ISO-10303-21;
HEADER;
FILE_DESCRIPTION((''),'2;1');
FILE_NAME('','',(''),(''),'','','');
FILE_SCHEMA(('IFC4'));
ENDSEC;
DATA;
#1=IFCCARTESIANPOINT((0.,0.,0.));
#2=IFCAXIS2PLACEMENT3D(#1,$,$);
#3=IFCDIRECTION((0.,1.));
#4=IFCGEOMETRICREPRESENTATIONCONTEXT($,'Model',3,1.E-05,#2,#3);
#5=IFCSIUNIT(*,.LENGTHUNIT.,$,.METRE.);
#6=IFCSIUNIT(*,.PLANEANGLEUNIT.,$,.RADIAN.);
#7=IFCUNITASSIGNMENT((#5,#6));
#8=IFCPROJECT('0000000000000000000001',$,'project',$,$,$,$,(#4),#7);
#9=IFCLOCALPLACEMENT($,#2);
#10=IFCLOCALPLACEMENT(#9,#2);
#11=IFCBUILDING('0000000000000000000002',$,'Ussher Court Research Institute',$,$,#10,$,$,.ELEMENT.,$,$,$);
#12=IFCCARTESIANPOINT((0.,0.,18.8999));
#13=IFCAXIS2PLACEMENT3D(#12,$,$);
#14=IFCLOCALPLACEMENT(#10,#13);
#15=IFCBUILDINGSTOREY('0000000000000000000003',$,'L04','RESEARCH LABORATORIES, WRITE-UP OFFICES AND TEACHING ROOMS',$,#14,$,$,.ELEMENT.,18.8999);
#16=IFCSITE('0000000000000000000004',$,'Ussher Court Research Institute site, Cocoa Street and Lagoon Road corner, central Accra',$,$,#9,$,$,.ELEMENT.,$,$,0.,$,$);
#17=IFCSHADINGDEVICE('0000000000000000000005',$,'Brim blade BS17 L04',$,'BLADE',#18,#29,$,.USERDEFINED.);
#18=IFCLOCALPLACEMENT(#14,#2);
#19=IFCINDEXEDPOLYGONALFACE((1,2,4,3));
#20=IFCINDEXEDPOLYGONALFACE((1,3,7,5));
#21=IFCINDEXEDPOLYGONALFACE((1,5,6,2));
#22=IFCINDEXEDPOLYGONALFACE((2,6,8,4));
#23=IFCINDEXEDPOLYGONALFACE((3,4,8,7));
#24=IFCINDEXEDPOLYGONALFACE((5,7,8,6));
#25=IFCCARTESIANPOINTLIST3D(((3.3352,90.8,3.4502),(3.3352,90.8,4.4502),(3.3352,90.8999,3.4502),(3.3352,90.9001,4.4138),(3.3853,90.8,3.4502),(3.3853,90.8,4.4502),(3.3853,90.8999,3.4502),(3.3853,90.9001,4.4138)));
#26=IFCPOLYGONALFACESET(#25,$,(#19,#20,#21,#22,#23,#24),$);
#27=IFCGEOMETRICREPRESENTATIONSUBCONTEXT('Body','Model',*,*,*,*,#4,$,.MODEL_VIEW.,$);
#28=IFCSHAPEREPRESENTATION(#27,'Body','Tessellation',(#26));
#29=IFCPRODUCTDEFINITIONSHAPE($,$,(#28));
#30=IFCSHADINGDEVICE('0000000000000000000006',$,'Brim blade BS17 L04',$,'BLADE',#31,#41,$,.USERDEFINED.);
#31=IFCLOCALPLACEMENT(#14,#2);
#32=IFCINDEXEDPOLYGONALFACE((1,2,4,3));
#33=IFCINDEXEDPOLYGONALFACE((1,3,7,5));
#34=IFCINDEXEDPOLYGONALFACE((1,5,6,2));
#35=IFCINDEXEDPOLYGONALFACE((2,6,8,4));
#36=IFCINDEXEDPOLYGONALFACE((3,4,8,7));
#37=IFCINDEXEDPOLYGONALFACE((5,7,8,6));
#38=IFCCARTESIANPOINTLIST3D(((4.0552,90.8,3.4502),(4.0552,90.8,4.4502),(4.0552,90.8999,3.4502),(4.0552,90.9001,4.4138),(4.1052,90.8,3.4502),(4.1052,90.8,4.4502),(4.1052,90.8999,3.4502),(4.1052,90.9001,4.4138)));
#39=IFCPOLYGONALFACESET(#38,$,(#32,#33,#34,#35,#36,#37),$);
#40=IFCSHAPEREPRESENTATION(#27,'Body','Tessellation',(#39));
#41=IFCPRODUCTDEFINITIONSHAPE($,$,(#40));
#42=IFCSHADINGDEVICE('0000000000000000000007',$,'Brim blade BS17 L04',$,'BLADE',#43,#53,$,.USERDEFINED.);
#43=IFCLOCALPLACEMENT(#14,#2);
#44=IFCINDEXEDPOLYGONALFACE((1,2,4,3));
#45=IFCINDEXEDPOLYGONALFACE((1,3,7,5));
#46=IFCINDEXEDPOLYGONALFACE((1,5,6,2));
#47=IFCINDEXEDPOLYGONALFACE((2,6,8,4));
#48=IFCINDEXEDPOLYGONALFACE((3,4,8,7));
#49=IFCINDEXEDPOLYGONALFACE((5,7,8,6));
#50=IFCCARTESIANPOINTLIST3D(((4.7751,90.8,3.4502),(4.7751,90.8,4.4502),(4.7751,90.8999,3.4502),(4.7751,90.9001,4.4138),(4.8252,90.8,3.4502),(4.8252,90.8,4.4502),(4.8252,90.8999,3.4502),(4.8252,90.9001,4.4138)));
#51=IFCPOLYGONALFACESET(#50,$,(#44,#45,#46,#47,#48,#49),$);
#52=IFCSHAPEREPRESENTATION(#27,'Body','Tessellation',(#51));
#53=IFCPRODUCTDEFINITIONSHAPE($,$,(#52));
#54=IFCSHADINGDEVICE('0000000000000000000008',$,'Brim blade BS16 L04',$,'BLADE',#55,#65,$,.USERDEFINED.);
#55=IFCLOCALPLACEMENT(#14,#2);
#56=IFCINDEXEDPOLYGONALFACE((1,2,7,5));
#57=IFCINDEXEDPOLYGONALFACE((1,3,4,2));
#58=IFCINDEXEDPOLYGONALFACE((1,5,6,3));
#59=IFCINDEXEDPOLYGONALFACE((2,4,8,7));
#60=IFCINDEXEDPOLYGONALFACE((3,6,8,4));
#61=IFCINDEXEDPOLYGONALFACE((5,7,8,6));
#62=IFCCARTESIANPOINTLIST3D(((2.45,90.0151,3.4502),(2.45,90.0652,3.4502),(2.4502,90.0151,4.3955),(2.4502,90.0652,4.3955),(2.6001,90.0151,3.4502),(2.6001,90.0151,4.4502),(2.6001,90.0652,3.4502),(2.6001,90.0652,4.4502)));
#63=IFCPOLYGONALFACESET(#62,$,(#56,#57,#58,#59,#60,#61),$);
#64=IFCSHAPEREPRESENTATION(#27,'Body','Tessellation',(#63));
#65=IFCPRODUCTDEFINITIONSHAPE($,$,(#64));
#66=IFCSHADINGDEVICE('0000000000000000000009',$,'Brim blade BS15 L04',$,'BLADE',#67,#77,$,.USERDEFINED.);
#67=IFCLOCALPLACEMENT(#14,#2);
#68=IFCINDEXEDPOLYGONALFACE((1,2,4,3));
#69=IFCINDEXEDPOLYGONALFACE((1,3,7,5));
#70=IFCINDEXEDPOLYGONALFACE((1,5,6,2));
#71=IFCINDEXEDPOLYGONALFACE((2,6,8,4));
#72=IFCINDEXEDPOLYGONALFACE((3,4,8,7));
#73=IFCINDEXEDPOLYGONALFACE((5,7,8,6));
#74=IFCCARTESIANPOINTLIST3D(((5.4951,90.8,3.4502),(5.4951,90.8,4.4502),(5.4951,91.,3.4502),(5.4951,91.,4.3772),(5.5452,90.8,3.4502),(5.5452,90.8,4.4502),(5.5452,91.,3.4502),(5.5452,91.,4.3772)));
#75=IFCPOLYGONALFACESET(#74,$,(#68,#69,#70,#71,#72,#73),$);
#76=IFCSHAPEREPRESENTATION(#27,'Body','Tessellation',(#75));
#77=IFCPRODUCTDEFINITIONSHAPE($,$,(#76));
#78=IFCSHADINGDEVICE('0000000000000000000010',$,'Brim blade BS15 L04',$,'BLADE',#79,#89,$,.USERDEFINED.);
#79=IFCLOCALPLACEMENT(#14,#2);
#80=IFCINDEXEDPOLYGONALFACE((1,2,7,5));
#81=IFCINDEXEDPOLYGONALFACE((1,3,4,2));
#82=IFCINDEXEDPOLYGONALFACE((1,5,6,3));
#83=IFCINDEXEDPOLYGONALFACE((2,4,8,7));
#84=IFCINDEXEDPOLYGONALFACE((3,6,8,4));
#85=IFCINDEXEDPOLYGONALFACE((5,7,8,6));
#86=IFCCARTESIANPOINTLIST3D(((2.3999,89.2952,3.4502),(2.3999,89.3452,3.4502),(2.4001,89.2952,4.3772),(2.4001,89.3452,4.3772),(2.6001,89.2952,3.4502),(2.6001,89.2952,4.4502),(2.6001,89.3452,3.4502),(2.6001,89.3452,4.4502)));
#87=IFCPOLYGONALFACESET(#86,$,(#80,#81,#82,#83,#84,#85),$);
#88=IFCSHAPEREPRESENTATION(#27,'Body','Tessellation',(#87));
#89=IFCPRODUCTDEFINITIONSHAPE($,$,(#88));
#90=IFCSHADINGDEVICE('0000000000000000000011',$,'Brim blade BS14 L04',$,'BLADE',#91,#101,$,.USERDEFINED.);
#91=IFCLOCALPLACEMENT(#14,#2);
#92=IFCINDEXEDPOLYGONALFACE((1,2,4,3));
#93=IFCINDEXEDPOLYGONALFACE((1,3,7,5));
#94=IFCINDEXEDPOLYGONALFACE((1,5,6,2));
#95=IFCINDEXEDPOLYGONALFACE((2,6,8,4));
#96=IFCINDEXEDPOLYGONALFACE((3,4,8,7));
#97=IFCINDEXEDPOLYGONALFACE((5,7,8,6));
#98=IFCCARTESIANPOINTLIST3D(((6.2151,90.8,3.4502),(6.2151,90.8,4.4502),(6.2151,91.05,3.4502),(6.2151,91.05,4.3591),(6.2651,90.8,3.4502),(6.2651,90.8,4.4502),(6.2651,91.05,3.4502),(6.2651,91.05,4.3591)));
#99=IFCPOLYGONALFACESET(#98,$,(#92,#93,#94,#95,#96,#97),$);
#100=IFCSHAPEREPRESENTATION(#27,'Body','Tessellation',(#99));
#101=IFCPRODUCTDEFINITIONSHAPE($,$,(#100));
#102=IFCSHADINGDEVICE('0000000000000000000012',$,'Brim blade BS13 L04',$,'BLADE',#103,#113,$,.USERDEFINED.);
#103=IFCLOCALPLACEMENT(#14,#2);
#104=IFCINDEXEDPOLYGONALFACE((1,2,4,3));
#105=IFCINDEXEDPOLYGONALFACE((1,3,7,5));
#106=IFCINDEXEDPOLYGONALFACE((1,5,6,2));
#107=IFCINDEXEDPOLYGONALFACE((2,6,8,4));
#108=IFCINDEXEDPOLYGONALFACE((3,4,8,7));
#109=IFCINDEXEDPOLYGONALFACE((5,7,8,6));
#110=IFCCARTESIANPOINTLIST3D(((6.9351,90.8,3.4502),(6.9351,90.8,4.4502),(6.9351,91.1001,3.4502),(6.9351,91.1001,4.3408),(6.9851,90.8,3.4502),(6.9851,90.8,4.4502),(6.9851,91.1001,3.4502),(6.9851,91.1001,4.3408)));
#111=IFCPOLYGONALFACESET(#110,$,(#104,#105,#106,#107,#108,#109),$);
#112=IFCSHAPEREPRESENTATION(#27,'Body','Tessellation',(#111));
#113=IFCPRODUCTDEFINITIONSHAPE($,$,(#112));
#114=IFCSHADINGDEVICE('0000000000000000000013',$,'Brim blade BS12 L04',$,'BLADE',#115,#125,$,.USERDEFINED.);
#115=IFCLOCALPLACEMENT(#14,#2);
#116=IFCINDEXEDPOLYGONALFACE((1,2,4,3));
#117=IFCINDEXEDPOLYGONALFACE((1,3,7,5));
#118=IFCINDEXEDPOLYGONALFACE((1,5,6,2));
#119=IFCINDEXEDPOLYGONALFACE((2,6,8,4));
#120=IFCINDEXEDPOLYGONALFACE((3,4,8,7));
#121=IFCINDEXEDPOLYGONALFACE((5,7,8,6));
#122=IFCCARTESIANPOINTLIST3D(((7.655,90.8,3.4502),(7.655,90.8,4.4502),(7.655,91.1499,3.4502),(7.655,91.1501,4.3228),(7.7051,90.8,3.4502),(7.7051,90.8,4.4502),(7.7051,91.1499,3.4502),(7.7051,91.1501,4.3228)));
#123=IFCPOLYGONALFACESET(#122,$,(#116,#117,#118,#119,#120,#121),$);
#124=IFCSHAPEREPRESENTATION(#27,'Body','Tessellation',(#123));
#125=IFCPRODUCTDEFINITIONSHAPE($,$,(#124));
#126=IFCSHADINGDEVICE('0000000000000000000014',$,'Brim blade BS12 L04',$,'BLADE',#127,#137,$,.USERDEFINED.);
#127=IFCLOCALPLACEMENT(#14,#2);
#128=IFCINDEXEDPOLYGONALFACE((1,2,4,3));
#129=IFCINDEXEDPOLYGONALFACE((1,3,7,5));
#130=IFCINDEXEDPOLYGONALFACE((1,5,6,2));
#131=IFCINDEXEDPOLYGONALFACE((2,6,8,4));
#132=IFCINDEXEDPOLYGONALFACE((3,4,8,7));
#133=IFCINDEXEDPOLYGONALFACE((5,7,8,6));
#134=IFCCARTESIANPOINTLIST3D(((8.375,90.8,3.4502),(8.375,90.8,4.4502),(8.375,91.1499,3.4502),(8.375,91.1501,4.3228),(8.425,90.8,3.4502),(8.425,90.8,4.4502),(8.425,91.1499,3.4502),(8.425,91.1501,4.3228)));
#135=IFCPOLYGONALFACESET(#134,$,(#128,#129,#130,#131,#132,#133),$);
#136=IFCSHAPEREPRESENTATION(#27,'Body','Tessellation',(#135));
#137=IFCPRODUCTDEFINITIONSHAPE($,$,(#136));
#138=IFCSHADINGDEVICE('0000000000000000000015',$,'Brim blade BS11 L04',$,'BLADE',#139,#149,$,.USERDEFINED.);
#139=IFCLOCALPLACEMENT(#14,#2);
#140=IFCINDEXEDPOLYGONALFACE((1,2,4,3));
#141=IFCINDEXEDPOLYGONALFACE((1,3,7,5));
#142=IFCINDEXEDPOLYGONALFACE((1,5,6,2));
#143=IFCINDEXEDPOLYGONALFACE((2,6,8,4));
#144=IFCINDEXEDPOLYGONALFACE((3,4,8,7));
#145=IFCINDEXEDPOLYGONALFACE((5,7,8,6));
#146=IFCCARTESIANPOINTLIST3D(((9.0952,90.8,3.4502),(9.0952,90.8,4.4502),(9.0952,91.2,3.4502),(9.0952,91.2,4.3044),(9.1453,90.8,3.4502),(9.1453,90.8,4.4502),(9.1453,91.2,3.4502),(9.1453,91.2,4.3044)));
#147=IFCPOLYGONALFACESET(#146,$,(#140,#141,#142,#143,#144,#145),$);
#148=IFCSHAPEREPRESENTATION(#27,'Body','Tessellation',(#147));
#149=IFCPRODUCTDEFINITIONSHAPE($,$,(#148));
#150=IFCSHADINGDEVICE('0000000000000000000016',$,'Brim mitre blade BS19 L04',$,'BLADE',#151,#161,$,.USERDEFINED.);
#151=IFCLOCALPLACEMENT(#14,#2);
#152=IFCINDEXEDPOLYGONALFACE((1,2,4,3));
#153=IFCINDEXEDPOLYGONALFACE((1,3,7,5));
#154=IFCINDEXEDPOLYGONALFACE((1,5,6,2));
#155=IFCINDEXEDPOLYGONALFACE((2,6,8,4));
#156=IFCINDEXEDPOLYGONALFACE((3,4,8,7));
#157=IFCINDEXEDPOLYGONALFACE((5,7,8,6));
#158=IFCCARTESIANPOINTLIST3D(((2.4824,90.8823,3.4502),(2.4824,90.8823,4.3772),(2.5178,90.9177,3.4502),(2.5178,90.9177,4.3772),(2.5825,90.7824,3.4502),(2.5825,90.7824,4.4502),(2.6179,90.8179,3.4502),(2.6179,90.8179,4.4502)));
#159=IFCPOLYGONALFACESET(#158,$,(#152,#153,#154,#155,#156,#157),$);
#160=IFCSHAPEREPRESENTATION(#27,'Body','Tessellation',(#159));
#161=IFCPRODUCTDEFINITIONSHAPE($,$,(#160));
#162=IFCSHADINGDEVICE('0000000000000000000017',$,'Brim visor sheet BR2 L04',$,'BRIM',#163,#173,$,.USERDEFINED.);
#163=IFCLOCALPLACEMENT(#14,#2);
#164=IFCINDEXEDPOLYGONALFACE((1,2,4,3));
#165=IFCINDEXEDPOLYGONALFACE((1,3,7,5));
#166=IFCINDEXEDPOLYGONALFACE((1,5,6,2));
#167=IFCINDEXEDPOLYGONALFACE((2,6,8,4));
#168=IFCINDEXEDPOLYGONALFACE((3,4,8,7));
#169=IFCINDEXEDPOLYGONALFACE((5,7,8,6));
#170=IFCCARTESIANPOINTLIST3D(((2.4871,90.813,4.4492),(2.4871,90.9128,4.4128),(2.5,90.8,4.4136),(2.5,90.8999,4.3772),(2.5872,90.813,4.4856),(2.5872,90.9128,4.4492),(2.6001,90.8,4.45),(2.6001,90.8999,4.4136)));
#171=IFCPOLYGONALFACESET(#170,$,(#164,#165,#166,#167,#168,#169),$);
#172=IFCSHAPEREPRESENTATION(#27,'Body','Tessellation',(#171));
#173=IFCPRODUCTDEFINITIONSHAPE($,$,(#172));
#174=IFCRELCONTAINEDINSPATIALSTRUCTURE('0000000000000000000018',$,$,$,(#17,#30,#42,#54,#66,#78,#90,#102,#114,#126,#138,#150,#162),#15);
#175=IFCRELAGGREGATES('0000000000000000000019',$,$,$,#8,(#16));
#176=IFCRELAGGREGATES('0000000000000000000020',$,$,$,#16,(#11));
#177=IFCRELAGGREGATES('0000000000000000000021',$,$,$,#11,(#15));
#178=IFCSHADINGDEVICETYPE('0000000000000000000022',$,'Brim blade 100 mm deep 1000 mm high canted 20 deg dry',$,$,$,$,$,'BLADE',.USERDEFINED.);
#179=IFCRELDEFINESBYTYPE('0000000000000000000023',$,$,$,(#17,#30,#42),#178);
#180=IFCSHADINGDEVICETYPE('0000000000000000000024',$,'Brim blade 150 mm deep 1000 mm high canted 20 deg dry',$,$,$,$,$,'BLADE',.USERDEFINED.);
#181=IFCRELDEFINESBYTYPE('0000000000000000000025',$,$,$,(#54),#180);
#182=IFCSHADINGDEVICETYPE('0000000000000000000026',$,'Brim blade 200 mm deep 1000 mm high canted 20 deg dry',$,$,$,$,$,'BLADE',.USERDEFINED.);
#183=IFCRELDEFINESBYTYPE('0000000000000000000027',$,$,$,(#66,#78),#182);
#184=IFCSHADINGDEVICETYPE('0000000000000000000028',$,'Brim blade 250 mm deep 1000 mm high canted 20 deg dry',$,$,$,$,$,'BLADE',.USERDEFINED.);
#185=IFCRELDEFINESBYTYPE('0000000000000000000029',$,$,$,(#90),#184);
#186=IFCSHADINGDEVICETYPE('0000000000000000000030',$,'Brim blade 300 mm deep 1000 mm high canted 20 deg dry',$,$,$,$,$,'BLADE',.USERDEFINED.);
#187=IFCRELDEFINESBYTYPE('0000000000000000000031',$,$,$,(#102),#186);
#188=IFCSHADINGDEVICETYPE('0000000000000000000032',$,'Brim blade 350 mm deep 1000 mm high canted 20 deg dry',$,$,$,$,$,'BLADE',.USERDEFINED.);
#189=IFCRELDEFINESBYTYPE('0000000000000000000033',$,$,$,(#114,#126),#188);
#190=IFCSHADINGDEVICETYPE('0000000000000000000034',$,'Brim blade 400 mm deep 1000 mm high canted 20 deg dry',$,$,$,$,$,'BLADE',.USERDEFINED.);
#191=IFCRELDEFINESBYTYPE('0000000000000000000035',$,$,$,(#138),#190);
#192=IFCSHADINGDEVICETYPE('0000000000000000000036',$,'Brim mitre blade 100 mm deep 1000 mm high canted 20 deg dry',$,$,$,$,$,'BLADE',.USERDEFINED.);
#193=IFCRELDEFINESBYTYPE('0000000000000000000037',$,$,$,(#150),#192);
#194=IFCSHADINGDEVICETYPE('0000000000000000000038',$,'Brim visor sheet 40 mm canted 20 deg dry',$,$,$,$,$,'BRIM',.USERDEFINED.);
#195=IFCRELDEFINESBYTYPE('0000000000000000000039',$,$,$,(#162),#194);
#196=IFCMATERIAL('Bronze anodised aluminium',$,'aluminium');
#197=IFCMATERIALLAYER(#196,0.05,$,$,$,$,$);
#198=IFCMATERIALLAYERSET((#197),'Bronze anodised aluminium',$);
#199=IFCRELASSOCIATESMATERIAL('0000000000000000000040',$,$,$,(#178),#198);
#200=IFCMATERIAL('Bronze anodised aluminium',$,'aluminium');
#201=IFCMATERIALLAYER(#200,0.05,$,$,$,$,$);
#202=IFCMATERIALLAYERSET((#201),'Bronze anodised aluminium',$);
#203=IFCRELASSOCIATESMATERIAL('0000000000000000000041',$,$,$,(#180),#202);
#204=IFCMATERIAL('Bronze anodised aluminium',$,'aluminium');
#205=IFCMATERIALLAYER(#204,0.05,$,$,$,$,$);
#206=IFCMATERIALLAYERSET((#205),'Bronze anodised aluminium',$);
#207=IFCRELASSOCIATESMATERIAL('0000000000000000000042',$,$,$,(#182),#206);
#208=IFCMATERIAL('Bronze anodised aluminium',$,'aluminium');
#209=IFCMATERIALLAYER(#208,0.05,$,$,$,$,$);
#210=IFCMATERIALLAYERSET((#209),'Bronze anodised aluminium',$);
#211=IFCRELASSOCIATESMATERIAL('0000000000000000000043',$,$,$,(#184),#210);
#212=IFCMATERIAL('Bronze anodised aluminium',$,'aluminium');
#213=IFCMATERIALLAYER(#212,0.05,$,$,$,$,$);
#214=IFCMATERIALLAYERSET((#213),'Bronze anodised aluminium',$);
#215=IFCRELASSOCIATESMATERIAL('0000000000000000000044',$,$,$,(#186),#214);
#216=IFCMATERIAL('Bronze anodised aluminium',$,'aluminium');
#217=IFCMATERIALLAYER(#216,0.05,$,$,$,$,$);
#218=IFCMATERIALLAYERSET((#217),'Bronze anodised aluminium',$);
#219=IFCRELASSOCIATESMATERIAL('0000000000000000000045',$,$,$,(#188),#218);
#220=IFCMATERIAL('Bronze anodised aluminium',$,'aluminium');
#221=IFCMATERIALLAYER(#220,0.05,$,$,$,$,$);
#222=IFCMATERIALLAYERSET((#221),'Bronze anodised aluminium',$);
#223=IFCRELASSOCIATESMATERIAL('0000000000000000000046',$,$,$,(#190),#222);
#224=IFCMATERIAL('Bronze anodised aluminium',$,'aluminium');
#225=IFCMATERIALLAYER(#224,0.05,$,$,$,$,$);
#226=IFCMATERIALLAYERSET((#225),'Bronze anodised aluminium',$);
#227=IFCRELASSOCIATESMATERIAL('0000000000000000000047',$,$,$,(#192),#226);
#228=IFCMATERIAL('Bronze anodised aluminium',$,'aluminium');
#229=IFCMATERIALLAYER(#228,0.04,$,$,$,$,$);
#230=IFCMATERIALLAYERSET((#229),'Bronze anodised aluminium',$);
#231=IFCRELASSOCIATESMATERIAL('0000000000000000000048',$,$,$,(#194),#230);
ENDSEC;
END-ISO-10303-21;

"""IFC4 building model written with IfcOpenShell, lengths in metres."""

from ifc_helpers import new_model, si_unit, direction, frame, origin, place, context, subcontext, project, spatial, polyline, outline, extrude, material, layer, layer_set, type_object, element, save


model = new_model("IFC4")

# Units and contexts
model_context = context("Model", 3, precision=1e-05, world=origin(), true_north=direction((0.0, 1.0)))
body_context = subcontext(model_context, "Body", "Model", "MODEL_VIEW")
ifc_project = project(units=[si_unit("LENGTHUNIT", "METRE"), si_unit("PLANEANGLEUNIT", "RADIAN")], contexts=[model_context])

# Site, building, storey
site_placement = place(None, origin())
site = spatial("IfcSite", under=ifc_project, at=site_placement, Name="Ussher Court Research Institute site, Cocoa Street and Lagoon Road corner, central Accra", CompositionType="ELEMENT", RefElevation=0.0)
building_placement = place(site_placement, origin())
building = spatial("IfcBuilding", under=site, at=building_placement, Name="Ussher Court Research Institute", CompositionType="ELEMENT")
storey_placement = place(building_placement, frame((0.0, 0.0, 18.8999)))
storey = spatial("IfcBuildingStorey", under=building, at=storey_placement, Name="L04", Description="RESEARCH LABORATORIES, WRITE-UP OFFICES AND TEACHING ROOMS", CompositionType="ELEMENT", Elevation=18.8999)

# Shading devices
ifc_material_1 = material(Name="Bronze anodised aluminium", Category="aluminium")
ifc_layer_1 = layer(ifc_material_1, 0.05)
ifc_layer_set_1 = layer_set([ifc_layer_1], Name="Bronze anodised aluminium")
shading_device_type_1 = type_object("IfcShadingDeviceType", Name="Brim blade 100 mm deep 1000 mm high canted 20 deg dry", ElementType="BLADE", PredefinedType="USERDEFINED", material=ifc_layer_set_1)
for number, where, z_axis, x_axis, name in (
    (1, (3.3601, 90.8, 3.4502), (0.0, 0.0, 1.0), (0.0, 1.0, 0.0), "Brim blade BS17 L04"),
    (2, (4.0801, 90.8, 3.4502), (0.0, 0.0, 1.0), (0.0, 1.0, 0.0), "Brim blade BS17 L04"),
    (3, (4.8, 90.8, 3.4502), (0.0, 0.0, 1.0), (0.0, 1.0, 0.0), "Brim blade BS17 L04"),
):
    element("IfcShadingDevice", number, at=place(storey_placement, frame(where, z_axis=z_axis, x_axis=x_axis)), inside=storey, type_object=shading_device_type_1, Name=name, ObjectType="BLADE", PredefinedType="USERDEFINED", context=body_context, shape_type="SweptSolid", body=[
        extrude(outline(polyline([(0.0, 0.0), (0.0999, 0.0), (0.1001, 0.9636), (0.0, 1.0), (0.0, 0.0)])), frame((0.0, 0.0249, 0.0), z_axis=(0.0, -1.0, 0.0), x_axis=(1.0, 0.0, 0.0)), (0.0, 0.0, 1.0), 0.05),
    ])
ifc_material_2 = material(Name="Bronze anodised aluminium", Category="aluminium")
ifc_layer_2 = layer(ifc_material_2, 0.05)
ifc_layer_set_2 = layer_set([ifc_layer_2], Name="Bronze anodised aluminium")
shading_device_type_2 = type_object("IfcShadingDeviceType", Name="Brim blade 150 mm deep 1000 mm high canted 20 deg dry", ElementType="BLADE", PredefinedType="USERDEFINED", material=ifc_layer_set_2)
shading_device_1_placement = place(storey_placement, frame((2.6001, 90.04, 3.4502), z_axis=(0.0, 0.0, 1.0), x_axis=(-1.0, 0.0, 0.0)))
element("IfcShadingDevice", 4, at=shading_device_1_placement, inside=storey, type_object=shading_device_type_2, Name="Brim blade BS16 L04", ObjectType="BLADE", PredefinedType="USERDEFINED", context=body_context, shape_type="SweptSolid", body=[
    extrude(outline(polyline([(0.0, 0.0), (0.1501, 0.0), (0.1499, 0.9453), (0.0, 1.0), (0.0, 0.0)])), frame((0.0, 0.0249, 0.0), z_axis=(0.0, -1.0, 0.0), x_axis=(1.0, 0.0, 0.0)), (0.0, 0.0, 1.0), 0.05),
])
ifc_material_3 = material(Name="Bronze anodised aluminium", Category="aluminium")
ifc_layer_3 = layer(ifc_material_3, 0.05)
ifc_layer_set_3 = layer_set([ifc_layer_3], Name="Bronze anodised aluminium")
shading_device_type_3 = type_object("IfcShadingDeviceType", Name="Brim blade 200 mm deep 1000 mm high canted 20 deg dry", ElementType="BLADE", PredefinedType="USERDEFINED", material=ifc_layer_set_3)
shading_device_2_placement = place(storey_placement, frame((5.52, 90.8, 3.4502), z_axis=(0.0, 0.0, 1.0), x_axis=(0.0, 1.0, 0.0)))
element("IfcShadingDevice", 5, at=shading_device_2_placement, inside=storey, type_object=shading_device_type_3, Name="Brim blade BS15 L04", ObjectType="BLADE", PredefinedType="USERDEFINED", context=body_context, shape_type="SweptSolid", body=[
    extrude(outline(polyline([(0.0, 0.0), (0.2, 0.0), (0.2, 0.927), (0.0, 1.0), (0.0, 0.0)])), frame((0.0, 0.0249, 0.0), z_axis=(0.0, -1.0, 0.0), x_axis=(1.0, 0.0, 0.0)), (0.0, 0.0, 1.0), 0.05),
])
shading_device_3_placement = place(storey_placement, frame((2.6001, 89.3201, 3.4502), z_axis=(0.0, 0.0, 1.0), x_axis=(-1.0, 0.0, 0.0)))
element("IfcShadingDevice", 6, at=shading_device_3_placement, inside=storey, type_object=shading_device_type_3, Name="Brim blade BS15 L04", ObjectType="BLADE", PredefinedType="USERDEFINED", context=body_context, shape_type="SweptSolid", body=[
    extrude(outline(polyline([(0.0, 0.0), (0.2002, 0.0), (0.2, 0.927), (0.0, 1.0), (0.0, 0.0)])), frame((0.0, 0.0249, 0.0), z_axis=(0.0, -1.0, 0.0), x_axis=(1.0, 0.0, 0.0)), (0.0, 0.0, 1.0), 0.05),
])
ifc_material_4 = material(Name="Bronze anodised aluminium", Category="aluminium")
ifc_layer_4 = layer(ifc_material_4, 0.05)
ifc_layer_set_4 = layer_set([ifc_layer_4], Name="Bronze anodised aluminium")
shading_device_type_4 = type_object("IfcShadingDeviceType", Name="Brim blade 250 mm deep 1000 mm high canted 20 deg dry", ElementType="BLADE", PredefinedType="USERDEFINED", material=ifc_layer_set_4)
shading_device_4_placement = place(storey_placement, frame((6.24, 90.8, 3.4502), z_axis=(0.0, 0.0, 1.0), x_axis=(0.0, 1.0, 0.0)))
element("IfcShadingDevice", 7, at=shading_device_4_placement, inside=storey, type_object=shading_device_type_4, Name="Brim blade BS14 L04", ObjectType="BLADE", PredefinedType="USERDEFINED", context=body_context, shape_type="SweptSolid", body=[
    extrude(outline(polyline([(0.0, 0.0), (0.25, 0.0), (0.25, 0.9089), (0.0, 1.0), (0.0, 0.0)])), frame((0.0, 0.0249, 0.0), z_axis=(0.0, -1.0, 0.0), x_axis=(1.0, 0.0, 0.0)), (0.0, 0.0, 1.0), 0.05),
])
ifc_material_5 = material(Name="Bronze anodised aluminium", Category="aluminium")
ifc_layer_5 = layer(ifc_material_5, 0.05)
ifc_layer_set_5 = layer_set([ifc_layer_5], Name="Bronze anodised aluminium")
shading_device_type_5 = type_object("IfcShadingDeviceType", Name="Brim blade 300 mm deep 1000 mm high canted 20 deg dry", ElementType="BLADE", PredefinedType="USERDEFINED", material=ifc_layer_set_5)
shading_device_5_placement = place(storey_placement, frame((6.96, 90.8, 3.4502), z_axis=(0.0, 0.0, 1.0), x_axis=(0.0, 1.0, 0.0)))
element("IfcShadingDevice", 8, at=shading_device_5_placement, inside=storey, type_object=shading_device_type_5, Name="Brim blade BS13 L04", ObjectType="BLADE", PredefinedType="USERDEFINED", context=body_context, shape_type="SweptSolid", body=[
    extrude(outline(polyline([(0.0, 0.0), (0.3, 0.0), (0.3, 0.8906), (0.0, 1.0), (0.0, 0.0)])), frame((0.0, 0.0249, 0.0), z_axis=(0.0, -1.0, 0.0), x_axis=(1.0, 0.0, 0.0)), (0.0, 0.0, 1.0), 0.05),
])
ifc_material_6 = material(Name="Bronze anodised aluminium", Category="aluminium")
ifc_layer_6 = layer(ifc_material_6, 0.05)
ifc_layer_set_6 = layer_set([ifc_layer_6], Name="Bronze anodised aluminium")
shading_device_type_6 = type_object("IfcShadingDeviceType", Name="Brim blade 350 mm deep 1000 mm high canted 20 deg dry", ElementType="BLADE", PredefinedType="USERDEFINED", material=ifc_layer_set_6)
for number, where, z_axis, x_axis, name in (
    (9, (7.6799, 90.8, 3.4502), (0.0, 0.0, 1.0), (0.0, 1.0, 0.0), "Brim blade BS12 L04"),
    (10, (8.3999, 90.8, 3.4502), (0.0, 0.0, 1.0), (0.0, 1.0, 0.0), "Brim blade BS12 L04"),
):
    element("IfcShadingDevice", number, at=place(storey_placement, frame(where, z_axis=z_axis, x_axis=x_axis)), inside=storey, type_object=shading_device_type_6, Name=name, ObjectType="BLADE", PredefinedType="USERDEFINED", context=body_context, shape_type="SweptSolid", body=[
        extrude(outline(polyline([(0.0, 0.0), (0.3499, 0.0), (0.3501, 0.8726), (0.0, 1.0), (0.0, 0.0)])), frame((0.0, 0.0249, 0.0), z_axis=(0.0, -1.0, 0.0), x_axis=(1.0, 0.0, 0.0)), (0.0, 0.0, 1.0), 0.05),
    ])
ifc_material_7 = material(Name="Bronze anodised aluminium", Category="aluminium")
ifc_layer_7 = layer(ifc_material_7, 0.05)
ifc_layer_set_7 = layer_set([ifc_layer_7], Name="Bronze anodised aluminium")
shading_device_type_7 = type_object("IfcShadingDeviceType", Name="Brim blade 400 mm deep 1000 mm high canted 20 deg dry", ElementType="BLADE", PredefinedType="USERDEFINED", material=ifc_layer_set_7)
shading_device_6_placement = place(storey_placement, frame((9.1201, 90.8, 3.4502), z_axis=(0.0, 0.0, 1.0), x_axis=(0.0, 1.0, 0.0)))
element("IfcShadingDevice", 11, at=shading_device_6_placement, inside=storey, type_object=shading_device_type_7, Name="Brim blade BS11 L04", ObjectType="BLADE", PredefinedType="USERDEFINED", context=body_context, shape_type="SweptSolid", body=[
    extrude(outline(polyline([(0.0, 0.0), (0.3999, 0.0), (0.3999, 0.8542), (0.0, 1.0), (0.0, 0.0)])), frame((0.0, 0.0249, 0.0), z_axis=(0.0, -1.0, 0.0), x_axis=(1.0, 0.0, 0.0)), (0.0, 0.0, 1.0), 0.05),
])
ifc_material_8 = material(Name="Bronze anodised aluminium", Category="aluminium")
ifc_layer_8 = layer(ifc_material_8, 0.05)
ifc_layer_set_8 = layer_set([ifc_layer_8], Name="Bronze anodised aluminium")
shading_device_type_8 = type_object("IfcShadingDeviceType", Name="Brim mitre blade 100 mm deep 1000 mm high canted 20 deg dry", ElementType="BLADE", PredefinedType="USERDEFINED", material=ifc_layer_set_8)
shading_device_7_placement = place(storey_placement, frame((2.6001, 90.8, 3.4502), z_axis=(0.0, 0.0, 1.0), x_axis=(-0.70797, 0.706243, 0.0)))
element("IfcShadingDevice", 12, at=shading_device_7_placement, inside=storey, type_object=shading_device_type_8, Name="Brim mitre blade BS19 L04", ObjectType="BLADE", PredefinedType="USERDEFINED", context=body_context, shape_type="SweptSolid", body=[
    extrude(outline(polyline([(0.0, 0.0), (0.1414, 0.0), (0.1414, 0.927), (0.0, 1.0), (0.0, 0.0)])), frame((0.0, 0.0249, 0.0), z_axis=(0.0, -1.0, 0.0), x_axis=(1.0, 0.0, 0.0)), (0.0, 0.0, 1.0), 0.05),
])
ifc_material_9 = material(Name="Bronze anodised aluminium", Category="aluminium")
ifc_layer_9 = layer(ifc_material_9, 0.04)
ifc_layer_set_9 = layer_set([ifc_layer_9], Name="Bronze anodised aluminium")
shading_device_type_9 = type_object("IfcShadingDeviceType", Name="Brim visor sheet 40 mm canted 20 deg dry", ElementType="BRIM", PredefinedType="USERDEFINED", material=ifc_layer_set_9)
shading_device_8_placement = place(storey_placement, frame((2.5872, 90.813, 4.4856), z_axis=(-0.323142, 0.323932, 0.889183), x_axis=(0.0, 0.939592, -0.342296)))
element("IfcShadingDevice", 13, at=shading_device_8_placement, inside=storey, type_object=shading_device_type_9, Name="Brim visor sheet BR2 L04", ObjectType="BRIM", PredefinedType="USERDEFINED", context=body_context, shape_type="SweptSolid", body=[
    extrude(outline(polyline([(0.0, 0.0), (0.1063, 0.0), (0.1187, 0.1058), (0.0125, 0.1058), (0.0, 0.0)])), origin(), (0.0, 0.0, -1.0), 0.04),
])

save(model, "model.ifc")
